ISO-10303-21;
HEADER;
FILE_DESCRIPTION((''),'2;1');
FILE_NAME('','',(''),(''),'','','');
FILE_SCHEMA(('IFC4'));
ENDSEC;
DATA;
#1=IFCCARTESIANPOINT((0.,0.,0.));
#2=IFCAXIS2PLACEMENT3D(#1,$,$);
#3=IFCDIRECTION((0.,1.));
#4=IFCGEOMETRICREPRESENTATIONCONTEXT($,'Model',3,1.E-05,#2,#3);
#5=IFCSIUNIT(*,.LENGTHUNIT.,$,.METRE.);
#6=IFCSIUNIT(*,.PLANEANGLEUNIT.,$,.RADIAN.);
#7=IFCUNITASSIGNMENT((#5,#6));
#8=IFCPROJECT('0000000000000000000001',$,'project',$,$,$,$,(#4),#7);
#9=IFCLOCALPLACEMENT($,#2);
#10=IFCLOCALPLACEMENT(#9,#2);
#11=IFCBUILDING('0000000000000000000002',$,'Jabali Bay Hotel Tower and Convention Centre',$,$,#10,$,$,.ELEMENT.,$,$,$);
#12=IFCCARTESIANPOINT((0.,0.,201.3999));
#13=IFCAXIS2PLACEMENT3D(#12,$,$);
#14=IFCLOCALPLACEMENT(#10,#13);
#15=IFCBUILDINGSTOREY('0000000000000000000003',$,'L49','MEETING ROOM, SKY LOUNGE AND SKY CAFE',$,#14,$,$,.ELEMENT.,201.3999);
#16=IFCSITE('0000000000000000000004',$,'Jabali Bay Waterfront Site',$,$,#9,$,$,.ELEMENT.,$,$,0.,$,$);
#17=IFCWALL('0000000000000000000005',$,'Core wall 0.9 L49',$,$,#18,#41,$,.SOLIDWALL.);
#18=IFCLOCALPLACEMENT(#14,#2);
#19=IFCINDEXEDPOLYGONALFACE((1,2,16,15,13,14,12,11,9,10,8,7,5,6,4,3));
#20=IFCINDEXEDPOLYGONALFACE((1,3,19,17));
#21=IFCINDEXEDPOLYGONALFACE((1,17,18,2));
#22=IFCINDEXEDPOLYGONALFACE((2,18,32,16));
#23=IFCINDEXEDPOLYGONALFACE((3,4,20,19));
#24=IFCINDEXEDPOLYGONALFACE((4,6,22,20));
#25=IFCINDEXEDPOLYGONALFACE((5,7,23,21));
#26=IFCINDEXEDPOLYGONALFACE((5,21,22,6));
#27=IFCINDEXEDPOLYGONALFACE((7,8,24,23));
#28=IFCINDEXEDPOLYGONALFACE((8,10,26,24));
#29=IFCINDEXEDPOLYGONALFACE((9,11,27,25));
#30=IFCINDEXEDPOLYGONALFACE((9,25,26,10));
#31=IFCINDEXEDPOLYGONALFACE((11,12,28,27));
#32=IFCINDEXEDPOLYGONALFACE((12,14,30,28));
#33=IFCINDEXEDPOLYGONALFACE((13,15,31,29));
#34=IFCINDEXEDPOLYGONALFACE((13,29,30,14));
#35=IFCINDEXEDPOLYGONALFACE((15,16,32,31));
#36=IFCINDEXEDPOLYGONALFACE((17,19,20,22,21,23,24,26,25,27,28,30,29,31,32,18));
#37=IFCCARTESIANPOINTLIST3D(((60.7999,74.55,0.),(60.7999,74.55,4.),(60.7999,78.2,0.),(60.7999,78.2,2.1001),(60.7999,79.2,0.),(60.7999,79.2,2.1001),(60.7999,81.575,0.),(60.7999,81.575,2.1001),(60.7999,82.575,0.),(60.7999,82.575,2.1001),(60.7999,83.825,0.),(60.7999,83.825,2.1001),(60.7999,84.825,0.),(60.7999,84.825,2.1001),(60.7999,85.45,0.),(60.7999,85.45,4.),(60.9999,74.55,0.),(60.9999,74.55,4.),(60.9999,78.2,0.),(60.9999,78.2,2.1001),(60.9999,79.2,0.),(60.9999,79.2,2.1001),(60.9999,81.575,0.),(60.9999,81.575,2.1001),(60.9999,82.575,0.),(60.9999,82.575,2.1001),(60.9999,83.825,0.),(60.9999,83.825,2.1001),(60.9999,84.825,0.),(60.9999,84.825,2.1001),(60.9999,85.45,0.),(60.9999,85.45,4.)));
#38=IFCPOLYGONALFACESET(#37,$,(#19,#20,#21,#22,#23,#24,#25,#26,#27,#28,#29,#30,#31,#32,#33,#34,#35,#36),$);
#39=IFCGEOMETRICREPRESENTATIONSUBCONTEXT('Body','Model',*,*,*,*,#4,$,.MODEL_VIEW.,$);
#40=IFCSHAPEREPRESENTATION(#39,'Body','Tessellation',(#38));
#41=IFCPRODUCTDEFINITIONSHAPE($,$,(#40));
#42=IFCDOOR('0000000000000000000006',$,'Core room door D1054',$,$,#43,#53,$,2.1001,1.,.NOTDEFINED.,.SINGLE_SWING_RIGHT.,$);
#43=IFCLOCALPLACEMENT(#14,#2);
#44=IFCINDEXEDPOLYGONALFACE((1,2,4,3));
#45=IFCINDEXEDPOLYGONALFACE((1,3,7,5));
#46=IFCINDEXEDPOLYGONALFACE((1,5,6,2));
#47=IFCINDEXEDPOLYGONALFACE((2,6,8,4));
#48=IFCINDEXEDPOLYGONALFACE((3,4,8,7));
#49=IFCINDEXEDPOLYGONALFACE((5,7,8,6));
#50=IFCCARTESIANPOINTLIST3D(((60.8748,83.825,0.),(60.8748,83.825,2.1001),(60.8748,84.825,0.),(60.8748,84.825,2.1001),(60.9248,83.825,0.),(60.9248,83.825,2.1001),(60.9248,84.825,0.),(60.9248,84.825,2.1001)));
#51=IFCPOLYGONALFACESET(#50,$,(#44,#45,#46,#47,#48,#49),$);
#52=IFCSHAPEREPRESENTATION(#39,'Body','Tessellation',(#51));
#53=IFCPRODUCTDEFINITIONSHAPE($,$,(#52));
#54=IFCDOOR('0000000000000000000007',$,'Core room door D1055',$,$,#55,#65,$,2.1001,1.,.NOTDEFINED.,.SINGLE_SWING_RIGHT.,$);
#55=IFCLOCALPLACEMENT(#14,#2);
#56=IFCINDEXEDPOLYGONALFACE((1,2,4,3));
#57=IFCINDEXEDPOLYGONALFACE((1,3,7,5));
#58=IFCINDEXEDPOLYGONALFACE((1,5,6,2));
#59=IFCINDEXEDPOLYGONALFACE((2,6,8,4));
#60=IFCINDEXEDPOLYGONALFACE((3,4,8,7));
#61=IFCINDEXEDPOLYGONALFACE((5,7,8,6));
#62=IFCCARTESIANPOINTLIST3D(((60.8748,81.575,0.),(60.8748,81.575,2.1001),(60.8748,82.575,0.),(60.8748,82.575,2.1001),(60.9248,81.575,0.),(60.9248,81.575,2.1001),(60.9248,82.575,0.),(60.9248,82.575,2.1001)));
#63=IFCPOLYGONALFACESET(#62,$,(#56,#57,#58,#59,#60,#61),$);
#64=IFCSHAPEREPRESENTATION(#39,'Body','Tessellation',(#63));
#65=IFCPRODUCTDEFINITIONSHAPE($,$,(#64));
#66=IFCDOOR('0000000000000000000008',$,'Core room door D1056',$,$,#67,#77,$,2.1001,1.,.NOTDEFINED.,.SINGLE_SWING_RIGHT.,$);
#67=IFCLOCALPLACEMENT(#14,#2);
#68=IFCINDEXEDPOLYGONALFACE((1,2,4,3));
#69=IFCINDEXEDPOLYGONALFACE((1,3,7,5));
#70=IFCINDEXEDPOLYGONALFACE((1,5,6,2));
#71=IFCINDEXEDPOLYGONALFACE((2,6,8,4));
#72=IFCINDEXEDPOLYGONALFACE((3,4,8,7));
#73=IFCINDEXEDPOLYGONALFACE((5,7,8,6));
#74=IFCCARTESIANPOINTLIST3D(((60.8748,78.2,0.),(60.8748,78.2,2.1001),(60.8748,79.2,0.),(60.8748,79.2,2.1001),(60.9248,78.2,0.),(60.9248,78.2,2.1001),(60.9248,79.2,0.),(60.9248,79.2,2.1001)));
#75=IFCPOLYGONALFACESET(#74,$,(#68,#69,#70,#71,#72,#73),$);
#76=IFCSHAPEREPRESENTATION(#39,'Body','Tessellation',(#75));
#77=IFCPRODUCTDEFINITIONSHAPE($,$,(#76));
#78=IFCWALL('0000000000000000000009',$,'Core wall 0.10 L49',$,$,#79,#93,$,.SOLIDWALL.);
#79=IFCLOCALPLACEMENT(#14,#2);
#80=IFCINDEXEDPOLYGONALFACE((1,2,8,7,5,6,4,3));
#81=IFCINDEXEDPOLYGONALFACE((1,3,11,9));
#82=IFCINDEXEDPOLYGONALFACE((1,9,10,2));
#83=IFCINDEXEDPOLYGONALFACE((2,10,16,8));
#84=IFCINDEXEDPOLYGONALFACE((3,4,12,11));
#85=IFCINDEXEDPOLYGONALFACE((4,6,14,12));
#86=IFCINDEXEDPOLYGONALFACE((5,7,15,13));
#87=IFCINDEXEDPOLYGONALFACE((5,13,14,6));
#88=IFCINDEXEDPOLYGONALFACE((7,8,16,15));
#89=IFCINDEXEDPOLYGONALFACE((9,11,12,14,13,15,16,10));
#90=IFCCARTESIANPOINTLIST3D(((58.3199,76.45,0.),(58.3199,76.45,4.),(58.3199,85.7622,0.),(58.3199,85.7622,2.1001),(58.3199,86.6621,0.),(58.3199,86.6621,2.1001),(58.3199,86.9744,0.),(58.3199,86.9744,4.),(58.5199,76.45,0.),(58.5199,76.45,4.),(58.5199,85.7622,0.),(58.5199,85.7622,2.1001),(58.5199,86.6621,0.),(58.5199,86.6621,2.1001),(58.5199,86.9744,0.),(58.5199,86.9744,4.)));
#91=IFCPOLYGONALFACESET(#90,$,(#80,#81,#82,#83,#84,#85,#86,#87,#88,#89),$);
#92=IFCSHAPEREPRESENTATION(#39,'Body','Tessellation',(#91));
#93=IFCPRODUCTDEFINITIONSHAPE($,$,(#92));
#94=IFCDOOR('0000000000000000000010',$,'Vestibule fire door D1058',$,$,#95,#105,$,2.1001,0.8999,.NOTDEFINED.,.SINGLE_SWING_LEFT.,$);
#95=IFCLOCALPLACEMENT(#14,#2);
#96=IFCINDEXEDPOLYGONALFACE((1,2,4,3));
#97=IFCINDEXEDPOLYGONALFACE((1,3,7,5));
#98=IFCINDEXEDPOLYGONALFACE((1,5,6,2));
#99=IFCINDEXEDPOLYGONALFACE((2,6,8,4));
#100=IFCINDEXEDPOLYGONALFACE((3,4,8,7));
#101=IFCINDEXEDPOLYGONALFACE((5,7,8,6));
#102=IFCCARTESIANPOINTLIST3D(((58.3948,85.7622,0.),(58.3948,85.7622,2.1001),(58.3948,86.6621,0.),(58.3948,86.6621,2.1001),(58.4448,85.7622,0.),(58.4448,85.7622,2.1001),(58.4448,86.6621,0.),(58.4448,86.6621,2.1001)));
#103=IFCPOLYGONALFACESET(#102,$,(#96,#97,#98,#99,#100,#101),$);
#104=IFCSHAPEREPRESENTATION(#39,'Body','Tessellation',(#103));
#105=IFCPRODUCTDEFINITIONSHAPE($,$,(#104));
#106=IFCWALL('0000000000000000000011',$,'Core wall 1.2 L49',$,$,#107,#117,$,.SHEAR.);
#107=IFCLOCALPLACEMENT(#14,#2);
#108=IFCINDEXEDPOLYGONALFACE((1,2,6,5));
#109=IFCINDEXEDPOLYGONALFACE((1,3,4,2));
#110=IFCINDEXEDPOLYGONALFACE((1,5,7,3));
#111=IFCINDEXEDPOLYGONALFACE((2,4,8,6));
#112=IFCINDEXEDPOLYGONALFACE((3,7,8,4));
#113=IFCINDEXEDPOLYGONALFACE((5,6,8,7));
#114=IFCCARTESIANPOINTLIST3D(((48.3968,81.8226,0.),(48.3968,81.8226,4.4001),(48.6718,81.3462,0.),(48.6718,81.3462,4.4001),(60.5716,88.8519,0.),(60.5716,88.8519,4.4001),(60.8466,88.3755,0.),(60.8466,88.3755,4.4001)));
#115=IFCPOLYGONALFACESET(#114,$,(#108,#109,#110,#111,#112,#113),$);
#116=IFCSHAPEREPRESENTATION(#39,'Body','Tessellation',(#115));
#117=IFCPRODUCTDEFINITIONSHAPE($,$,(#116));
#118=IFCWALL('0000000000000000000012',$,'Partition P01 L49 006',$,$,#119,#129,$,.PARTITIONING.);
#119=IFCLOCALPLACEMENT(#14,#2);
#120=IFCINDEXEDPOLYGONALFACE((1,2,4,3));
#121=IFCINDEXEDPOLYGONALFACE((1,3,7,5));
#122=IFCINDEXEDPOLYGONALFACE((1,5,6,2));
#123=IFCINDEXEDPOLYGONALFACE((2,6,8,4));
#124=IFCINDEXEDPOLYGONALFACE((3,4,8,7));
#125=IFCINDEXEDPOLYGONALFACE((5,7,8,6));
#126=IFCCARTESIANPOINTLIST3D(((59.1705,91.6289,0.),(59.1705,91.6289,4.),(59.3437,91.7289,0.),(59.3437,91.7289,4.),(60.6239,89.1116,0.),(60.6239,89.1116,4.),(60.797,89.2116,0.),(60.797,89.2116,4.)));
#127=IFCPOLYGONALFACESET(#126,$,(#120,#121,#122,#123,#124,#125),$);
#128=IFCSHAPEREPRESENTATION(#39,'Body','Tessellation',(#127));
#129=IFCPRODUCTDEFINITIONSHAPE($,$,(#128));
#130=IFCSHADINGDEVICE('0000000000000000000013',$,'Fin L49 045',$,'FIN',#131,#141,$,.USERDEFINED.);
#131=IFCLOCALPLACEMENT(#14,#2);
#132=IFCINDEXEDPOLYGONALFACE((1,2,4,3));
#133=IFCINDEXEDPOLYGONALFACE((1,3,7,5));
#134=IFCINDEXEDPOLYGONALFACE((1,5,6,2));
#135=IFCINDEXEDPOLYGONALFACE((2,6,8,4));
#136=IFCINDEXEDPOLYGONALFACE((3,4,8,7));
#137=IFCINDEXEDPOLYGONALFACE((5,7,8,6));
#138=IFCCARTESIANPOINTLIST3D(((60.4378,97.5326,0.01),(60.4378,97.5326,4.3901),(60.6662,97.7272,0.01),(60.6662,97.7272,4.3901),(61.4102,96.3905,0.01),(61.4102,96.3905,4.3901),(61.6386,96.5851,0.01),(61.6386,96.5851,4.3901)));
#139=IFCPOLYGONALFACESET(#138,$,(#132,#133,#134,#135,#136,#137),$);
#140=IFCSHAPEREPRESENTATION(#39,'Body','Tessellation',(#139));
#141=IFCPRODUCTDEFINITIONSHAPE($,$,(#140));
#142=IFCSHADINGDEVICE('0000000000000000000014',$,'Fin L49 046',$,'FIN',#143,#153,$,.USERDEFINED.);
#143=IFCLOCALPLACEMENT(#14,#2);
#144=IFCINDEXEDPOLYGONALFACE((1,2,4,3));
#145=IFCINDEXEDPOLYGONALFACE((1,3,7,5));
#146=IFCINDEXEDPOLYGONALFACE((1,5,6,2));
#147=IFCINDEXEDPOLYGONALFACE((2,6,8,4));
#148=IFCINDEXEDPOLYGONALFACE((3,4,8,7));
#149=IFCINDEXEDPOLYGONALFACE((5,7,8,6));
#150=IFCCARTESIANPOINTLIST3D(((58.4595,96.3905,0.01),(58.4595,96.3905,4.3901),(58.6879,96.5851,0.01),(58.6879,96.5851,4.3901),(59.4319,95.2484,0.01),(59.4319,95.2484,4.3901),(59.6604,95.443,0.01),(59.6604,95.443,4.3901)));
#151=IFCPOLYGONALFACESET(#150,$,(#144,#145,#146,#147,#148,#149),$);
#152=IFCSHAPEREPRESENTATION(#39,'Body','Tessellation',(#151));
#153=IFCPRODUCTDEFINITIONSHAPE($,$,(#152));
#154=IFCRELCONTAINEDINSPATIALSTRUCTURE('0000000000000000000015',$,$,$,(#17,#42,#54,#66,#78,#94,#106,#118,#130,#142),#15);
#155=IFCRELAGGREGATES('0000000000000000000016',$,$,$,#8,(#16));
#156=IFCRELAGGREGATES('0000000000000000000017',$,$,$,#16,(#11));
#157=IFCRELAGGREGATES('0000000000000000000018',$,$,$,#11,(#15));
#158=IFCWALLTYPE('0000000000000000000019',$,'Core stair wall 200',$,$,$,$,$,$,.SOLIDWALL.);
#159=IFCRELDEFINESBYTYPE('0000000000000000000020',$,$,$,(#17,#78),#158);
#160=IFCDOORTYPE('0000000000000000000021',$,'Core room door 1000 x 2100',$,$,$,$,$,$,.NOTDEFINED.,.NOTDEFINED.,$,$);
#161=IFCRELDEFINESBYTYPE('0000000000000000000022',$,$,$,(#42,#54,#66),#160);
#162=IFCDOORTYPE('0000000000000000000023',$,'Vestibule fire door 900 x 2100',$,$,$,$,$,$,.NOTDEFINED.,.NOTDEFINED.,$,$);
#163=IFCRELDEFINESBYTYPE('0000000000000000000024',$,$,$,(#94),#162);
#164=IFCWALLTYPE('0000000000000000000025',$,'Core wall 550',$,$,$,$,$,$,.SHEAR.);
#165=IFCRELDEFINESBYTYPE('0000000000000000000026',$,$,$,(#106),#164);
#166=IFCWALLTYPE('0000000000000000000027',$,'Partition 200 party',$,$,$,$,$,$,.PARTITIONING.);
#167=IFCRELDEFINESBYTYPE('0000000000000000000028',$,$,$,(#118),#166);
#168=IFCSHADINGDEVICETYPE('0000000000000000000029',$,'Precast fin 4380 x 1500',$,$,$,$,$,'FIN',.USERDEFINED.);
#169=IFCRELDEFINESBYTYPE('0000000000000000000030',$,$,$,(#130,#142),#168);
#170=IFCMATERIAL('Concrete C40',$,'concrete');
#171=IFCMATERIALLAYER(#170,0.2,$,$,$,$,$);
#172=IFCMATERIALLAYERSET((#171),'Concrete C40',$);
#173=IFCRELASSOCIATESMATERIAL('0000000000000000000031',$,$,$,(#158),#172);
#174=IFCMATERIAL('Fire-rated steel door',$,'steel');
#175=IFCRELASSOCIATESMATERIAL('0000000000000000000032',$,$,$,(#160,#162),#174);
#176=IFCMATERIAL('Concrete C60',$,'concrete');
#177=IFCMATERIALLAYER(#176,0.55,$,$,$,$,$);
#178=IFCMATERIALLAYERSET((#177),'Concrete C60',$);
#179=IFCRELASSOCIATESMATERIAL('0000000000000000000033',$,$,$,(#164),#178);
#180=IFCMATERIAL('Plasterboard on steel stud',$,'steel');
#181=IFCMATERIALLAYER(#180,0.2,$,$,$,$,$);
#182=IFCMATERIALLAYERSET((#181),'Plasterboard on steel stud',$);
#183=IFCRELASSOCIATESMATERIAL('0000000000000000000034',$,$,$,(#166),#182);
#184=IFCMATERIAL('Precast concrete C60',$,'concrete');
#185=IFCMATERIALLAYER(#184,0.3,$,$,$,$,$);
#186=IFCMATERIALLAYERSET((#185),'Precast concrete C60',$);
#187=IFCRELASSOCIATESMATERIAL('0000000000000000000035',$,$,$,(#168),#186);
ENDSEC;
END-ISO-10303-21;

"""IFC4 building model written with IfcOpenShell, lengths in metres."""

from ifc_helpers import new_model, si_unit, direction, frame, frame_2d, origin, place, context, subcontext, project, spatial, rectangle, extrude, material, layer, layer_set, type_object, element, fill, save


model = new_model("IFC4")

# Units and contexts
model_context = context("Model", 3, precision=1e-05, world=origin(), true_north=direction((0.0, 1.0)))
body_context = subcontext(model_context, "Body", "Model", "MODEL_VIEW")
ifc_project = project(units=[si_unit("LENGTHUNIT", "METRE"), si_unit("PLANEANGLEUNIT", "RADIAN")], contexts=[model_context])

# Site, building, storey
site_placement = place(None, origin())
site = spatial("IfcSite", under=ifc_project, at=site_placement, Name="Jabali Bay Waterfront Site", CompositionType="ELEMENT", RefElevation=0.0)
building_placement = place(site_placement, origin())
building = spatial("IfcBuilding", under=site, at=building_placement, Name="Jabali Bay Hotel Tower and Convention Centre", CompositionType="ELEMENT")
storey_placement = place(building_placement, frame((0.0, 0.0, 201.3999)))
storey = spatial("IfcBuildingStorey", under=building, at=storey_placement, Name="L49", Description="MEETING ROOM, SKY LOUNGE AND SKY CAFE", CompositionType="ELEMENT", Elevation=201.3999)

# Shared definitions
ifc_material_1 = material(Name="Concrete C40", Category="concrete")
ifc_layer_1 = layer(ifc_material_1, 0.2)
ifc_layer_set_1 = layer_set([ifc_layer_1], Name="Concrete C40")
wall_type_1 = type_object("IfcWallType", Name="Core stair wall 200", PredefinedType="SOLIDWALL", material=ifc_layer_set_1)

# Wall, openings, doors
wall_1_placement = place(storey_placement, frame((60.8999, 85.45, 0.0), z_axis=(0.0, 0.0, 1.0), x_axis=(0.0, -1.0, 0.0)))
wall_1 = element("IfcWall", 1, at=wall_1_placement, inside=storey, type_object=wall_type_1, Name="Core wall 0.9 L49", PredefinedType="SOLIDWALL", context=body_context, shape_type="SweptSolid", body=[
    extrude(rectangle(XDim=10.8999, YDim=0.2, at=frame_2d((5.45, 0.0))), origin(), (0.0, 0.0, 1.0), 4.0),
])
opening_1_placement = place(wall_1_placement, frame((0.625, 0.0, 0.0)))
opening_1 = element("IfcOpeningElement", 2, at=opening_1_placement, cuts=wall_1, PredefinedType="OPENING", context=body_context, shape_type="SweptSolid", body=[
    extrude(rectangle(XDim=1.0, YDim=2.1001, at=frame_2d((0.5, 1.05))), frame((0.0, 0.1104, 0.0), z_axis=(0.0, -1.0, 0.0), x_axis=(1.0, 0.0, 0.0)), (0.0, 0.0, 1.0), 0.2209),
])
opening_2_placement = place(wall_1_placement, frame((2.875, 0.0, 0.0)))
opening_2 = element("IfcOpeningElement", 3, at=opening_2_placement, cuts=wall_1, PredefinedType="OPENING", context=body_context, shape_type="SweptSolid", body=[
    extrude(rectangle(XDim=1.0, YDim=2.1001, at=frame_2d((0.5, 1.05))), frame((0.0, 0.1104, 0.0), z_axis=(0.0, -1.0, 0.0), x_axis=(1.0, 0.0, 0.0)), (0.0, 0.0, 1.0), 0.2209),
])
opening_3_placement = place(wall_1_placement, frame((6.25, 0.0, 0.0)))
opening_3 = element("IfcOpeningElement", 4, at=opening_3_placement, cuts=wall_1, PredefinedType="OPENING", context=body_context, shape_type="SweptSolid", body=[
    extrude(rectangle(XDim=1.0, YDim=2.1001, at=frame_2d((0.5, 1.05))), frame((0.0, 0.1104, 0.0), z_axis=(0.0, -1.0, 0.0), x_axis=(1.0, 0.0, 0.0)), (0.0, 0.0, 1.0), 0.2209),
])
ifc_material_2 = material(Name="Fire-rated steel door", Category="steel")
door_type_1 = type_object("IfcDoorType", Name="Core room door 1000 x 2100", OperationType="NOTDEFINED", PredefinedType="NOTDEFINED", material=ifc_material_2)
door_1_placement = place(opening_1_placement, origin())
door_1 = element("IfcDoor", 5, at=door_1_placement, inside=storey, type_object=door_type_1, Name="Core room door D1054", OperationType="SINGLE_SWING_RIGHT", OverallHeight=2.1001, OverallWidth=1.0, PredefinedType="NOTDEFINED", context=body_context, shape_type="SweptSolid", body=[
    extrude(rectangle(XDim=1.0, YDim=2.1001, at=frame_2d((0.5, 1.05))), frame((0.0, 0.0249, 0.0), z_axis=(0.0, -1.0, 0.0), x_axis=(1.0, 0.0, 0.0)), (0.0, 0.0, 1.0), 0.05),
])
fill(opening_1, door_1)
door_2_placement = place(opening_2_placement, origin())
door_2 = element("IfcDoor", 6, at=door_2_placement, inside=storey, type_object=door_type_1, Name="Core room door D1055", OperationType="SINGLE_SWING_RIGHT", OverallHeight=2.1001, OverallWidth=1.0, PredefinedType="NOTDEFINED", context=body_context, shape_type="SweptSolid", body=[
    extrude(rectangle(XDim=1.0, YDim=2.1001, at=frame_2d((0.5, 1.05))), frame((0.0, 0.0249, 0.0), z_axis=(0.0, -1.0, 0.0), x_axis=(1.0, 0.0, 0.0)), (0.0, 0.0, 1.0), 0.05),
])
fill(opening_2, door_2)
door_3_placement = place(opening_3_placement, origin())
door_3 = element("IfcDoor", 7, at=door_3_placement, inside=storey, type_object=door_type_1, Name="Core room door D1056", OperationType="SINGLE_SWING_RIGHT", OverallHeight=2.1001, OverallWidth=1.0, PredefinedType="NOTDEFINED", context=body_context, shape_type="SweptSolid", body=[
    extrude(rectangle(XDim=1.0, YDim=2.1001, at=frame_2d((0.5, 1.05))), frame((0.0, 0.0249, 0.0), z_axis=(0.0, -1.0, 0.0), x_axis=(1.0, 0.0, 0.0)), (0.0, 0.0, 1.0), 0.05),
])
fill(opening_3, door_3)

# Wall, opening, door
wall_2_placement = place(storey_placement, frame((58.4199, 86.9744, 0.0), z_axis=(0.0, 0.0, 1.0), x_axis=(0.0, -1.0, 0.0)))
wall_2 = element("IfcWall", 8, at=wall_2_placement, inside=storey, type_object=wall_type_1, Name="Core wall 0.10 L49", PredefinedType="SOLIDWALL", context=body_context, shape_type="SweptSolid", body=[
    extrude(rectangle(XDim=10.5244, YDim=0.2, at=frame_2d((5.2622, 0.0))), origin(), (0.0, 0.0, 1.0), 4.0),
])
opening_4_placement = place(wall_2_placement, frame((0.3123, 0.0, 0.0)))
opening_4 = element("IfcOpeningElement", 9, at=opening_4_placement, cuts=wall_2, PredefinedType="OPENING", context=body_context, shape_type="SweptSolid", body=[
    extrude(rectangle(XDim=0.8999, YDim=2.1001, at=frame_2d((0.45, 1.05))), frame((0.0, 0.1104, 0.0), z_axis=(0.0, -1.0, 0.0), x_axis=(1.0, 0.0, 0.0)), (0.0, 0.0, 1.0), 0.2209),
])
door_type_2 = type_object("IfcDoorType", Name="Vestibule fire door 900 x 2100", OperationType="NOTDEFINED", PredefinedType="NOTDEFINED", material=ifc_material_2)
door_4_placement = place(opening_4_placement, origin())
door_4 = element("IfcDoor", 10, at=door_4_placement, inside=storey, type_object=door_type_2, Name="Vestibule fire door D1058", OperationType="SINGLE_SWING_LEFT", OverallHeight=2.1001, OverallWidth=0.8999, PredefinedType="NOTDEFINED", context=body_context, shape_type="SweptSolid", body=[
    extrude(rectangle(XDim=0.8999, YDim=2.1001, at=frame_2d((0.45, 1.05))), frame((0.0, 0.0249, 0.0), z_axis=(0.0, -1.0, 0.0), x_axis=(1.0, 0.0, 0.0)), (0.0, 0.0, 1.0), 0.05),
])
fill(opening_4, door_4)

# Walls
ifc_material_3 = material(Name="Concrete C60", Category="concrete")
ifc_layer_2 = layer(ifc_material_3, 0.55)
ifc_layer_set_2 = layer_set([ifc_layer_2], Name="Concrete C60")
wall_type_2 = type_object("IfcWallType", Name="Core wall 550", PredefinedType="SHEAR", material=ifc_layer_set_2)
wall_3_placement = place(storey_placement, frame((60.7092, 88.6138, 0.0), z_axis=(0.0, 0.0, 1.0), x_axis=(-0.86602, -0.500009, 0.0)))
element("IfcWall", 11, at=wall_3_placement, inside=storey, type_object=wall_type_2, Name="Core wall 1.2 L49", PredefinedType="SHEAR", context=body_context, shape_type="SweptSolid", body=[
    extrude(rectangle(XDim=14.0583, YDim=0.55, at=frame_2d((7.0293, 0.0))), origin(), (0.0, 0.0, 1.0), 4.4001),
])
ifc_material_4 = material(Name="Plasterboard on steel stud", Category="steel")
ifc_layer_3 = layer(ifc_material_4, 0.2)
ifc_layer_set_3 = layer_set([ifc_layer_3], Name="Plasterboard on steel stud")
wall_type_3 = type_object("IfcWallType", Name="Partition 200 party", PredefinedType="PARTITIONING", material=ifc_layer_set_3)
wall_4_placement = place(storey_placement, frame((60.7104, 89.1616, 0.0), z_axis=(0.0, 0.0, 1.0), x_axis=(-0.499996, 0.866028, 0.0)))
element("IfcWall", 12, at=wall_4_placement, inside=storey, type_object=wall_type_3, Name="Partition P01 L49 006", PredefinedType="PARTITIONING", context=body_context, shape_type="SweptSolid", body=[
    extrude(rectangle(XDim=2.9067, YDim=0.2, at=frame_2d((1.4534, 0.0))), origin(), (0.0, 0.0, 1.0), 4.0),
])

# Shading devices
ifc_material_5 = material(Name="Precast concrete C60", Category="concrete")
ifc_layer_4 = layer(ifc_material_5, 0.3)
ifc_layer_set_4 = layer_set([ifc_layer_4], Name="Precast concrete C60")
shading_device_type = type_object("IfcShadingDeviceType", Name="Precast fin 4380 x 1500", ElementType="FIN", PredefinedType="USERDEFINED", material=ifc_layer_set_4)
for number, where, z_axis, x_axis, name in (
    (13, (61.5244, 96.4878, 0.01), (0.0, 0.0, 1.0), (-0.648281, 0.761401, 0.0), "Fin L49 045"),
    (14, (59.5461, 95.3457, 0.01), (0.0, 0.0, 1.0), (-0.648281, 0.761401, 0.0), "Fin L49 046"),
):
    element("IfcShadingDevice", number, at=place(storey_placement, frame(where, z_axis=z_axis, x_axis=x_axis)), inside=storey, type_object=shading_device_type, Name=name, ObjectType="FIN", PredefinedType="USERDEFINED", context=body_context, shape_type="SweptSolid", body=[
        extrude(rectangle(XDim=1.5, YDim=0.3, at=frame_2d((0.75, 0.0))), origin(), (0.0, 0.0, 1.0), 4.3801),
    ])

save(model, "model.ifc")
